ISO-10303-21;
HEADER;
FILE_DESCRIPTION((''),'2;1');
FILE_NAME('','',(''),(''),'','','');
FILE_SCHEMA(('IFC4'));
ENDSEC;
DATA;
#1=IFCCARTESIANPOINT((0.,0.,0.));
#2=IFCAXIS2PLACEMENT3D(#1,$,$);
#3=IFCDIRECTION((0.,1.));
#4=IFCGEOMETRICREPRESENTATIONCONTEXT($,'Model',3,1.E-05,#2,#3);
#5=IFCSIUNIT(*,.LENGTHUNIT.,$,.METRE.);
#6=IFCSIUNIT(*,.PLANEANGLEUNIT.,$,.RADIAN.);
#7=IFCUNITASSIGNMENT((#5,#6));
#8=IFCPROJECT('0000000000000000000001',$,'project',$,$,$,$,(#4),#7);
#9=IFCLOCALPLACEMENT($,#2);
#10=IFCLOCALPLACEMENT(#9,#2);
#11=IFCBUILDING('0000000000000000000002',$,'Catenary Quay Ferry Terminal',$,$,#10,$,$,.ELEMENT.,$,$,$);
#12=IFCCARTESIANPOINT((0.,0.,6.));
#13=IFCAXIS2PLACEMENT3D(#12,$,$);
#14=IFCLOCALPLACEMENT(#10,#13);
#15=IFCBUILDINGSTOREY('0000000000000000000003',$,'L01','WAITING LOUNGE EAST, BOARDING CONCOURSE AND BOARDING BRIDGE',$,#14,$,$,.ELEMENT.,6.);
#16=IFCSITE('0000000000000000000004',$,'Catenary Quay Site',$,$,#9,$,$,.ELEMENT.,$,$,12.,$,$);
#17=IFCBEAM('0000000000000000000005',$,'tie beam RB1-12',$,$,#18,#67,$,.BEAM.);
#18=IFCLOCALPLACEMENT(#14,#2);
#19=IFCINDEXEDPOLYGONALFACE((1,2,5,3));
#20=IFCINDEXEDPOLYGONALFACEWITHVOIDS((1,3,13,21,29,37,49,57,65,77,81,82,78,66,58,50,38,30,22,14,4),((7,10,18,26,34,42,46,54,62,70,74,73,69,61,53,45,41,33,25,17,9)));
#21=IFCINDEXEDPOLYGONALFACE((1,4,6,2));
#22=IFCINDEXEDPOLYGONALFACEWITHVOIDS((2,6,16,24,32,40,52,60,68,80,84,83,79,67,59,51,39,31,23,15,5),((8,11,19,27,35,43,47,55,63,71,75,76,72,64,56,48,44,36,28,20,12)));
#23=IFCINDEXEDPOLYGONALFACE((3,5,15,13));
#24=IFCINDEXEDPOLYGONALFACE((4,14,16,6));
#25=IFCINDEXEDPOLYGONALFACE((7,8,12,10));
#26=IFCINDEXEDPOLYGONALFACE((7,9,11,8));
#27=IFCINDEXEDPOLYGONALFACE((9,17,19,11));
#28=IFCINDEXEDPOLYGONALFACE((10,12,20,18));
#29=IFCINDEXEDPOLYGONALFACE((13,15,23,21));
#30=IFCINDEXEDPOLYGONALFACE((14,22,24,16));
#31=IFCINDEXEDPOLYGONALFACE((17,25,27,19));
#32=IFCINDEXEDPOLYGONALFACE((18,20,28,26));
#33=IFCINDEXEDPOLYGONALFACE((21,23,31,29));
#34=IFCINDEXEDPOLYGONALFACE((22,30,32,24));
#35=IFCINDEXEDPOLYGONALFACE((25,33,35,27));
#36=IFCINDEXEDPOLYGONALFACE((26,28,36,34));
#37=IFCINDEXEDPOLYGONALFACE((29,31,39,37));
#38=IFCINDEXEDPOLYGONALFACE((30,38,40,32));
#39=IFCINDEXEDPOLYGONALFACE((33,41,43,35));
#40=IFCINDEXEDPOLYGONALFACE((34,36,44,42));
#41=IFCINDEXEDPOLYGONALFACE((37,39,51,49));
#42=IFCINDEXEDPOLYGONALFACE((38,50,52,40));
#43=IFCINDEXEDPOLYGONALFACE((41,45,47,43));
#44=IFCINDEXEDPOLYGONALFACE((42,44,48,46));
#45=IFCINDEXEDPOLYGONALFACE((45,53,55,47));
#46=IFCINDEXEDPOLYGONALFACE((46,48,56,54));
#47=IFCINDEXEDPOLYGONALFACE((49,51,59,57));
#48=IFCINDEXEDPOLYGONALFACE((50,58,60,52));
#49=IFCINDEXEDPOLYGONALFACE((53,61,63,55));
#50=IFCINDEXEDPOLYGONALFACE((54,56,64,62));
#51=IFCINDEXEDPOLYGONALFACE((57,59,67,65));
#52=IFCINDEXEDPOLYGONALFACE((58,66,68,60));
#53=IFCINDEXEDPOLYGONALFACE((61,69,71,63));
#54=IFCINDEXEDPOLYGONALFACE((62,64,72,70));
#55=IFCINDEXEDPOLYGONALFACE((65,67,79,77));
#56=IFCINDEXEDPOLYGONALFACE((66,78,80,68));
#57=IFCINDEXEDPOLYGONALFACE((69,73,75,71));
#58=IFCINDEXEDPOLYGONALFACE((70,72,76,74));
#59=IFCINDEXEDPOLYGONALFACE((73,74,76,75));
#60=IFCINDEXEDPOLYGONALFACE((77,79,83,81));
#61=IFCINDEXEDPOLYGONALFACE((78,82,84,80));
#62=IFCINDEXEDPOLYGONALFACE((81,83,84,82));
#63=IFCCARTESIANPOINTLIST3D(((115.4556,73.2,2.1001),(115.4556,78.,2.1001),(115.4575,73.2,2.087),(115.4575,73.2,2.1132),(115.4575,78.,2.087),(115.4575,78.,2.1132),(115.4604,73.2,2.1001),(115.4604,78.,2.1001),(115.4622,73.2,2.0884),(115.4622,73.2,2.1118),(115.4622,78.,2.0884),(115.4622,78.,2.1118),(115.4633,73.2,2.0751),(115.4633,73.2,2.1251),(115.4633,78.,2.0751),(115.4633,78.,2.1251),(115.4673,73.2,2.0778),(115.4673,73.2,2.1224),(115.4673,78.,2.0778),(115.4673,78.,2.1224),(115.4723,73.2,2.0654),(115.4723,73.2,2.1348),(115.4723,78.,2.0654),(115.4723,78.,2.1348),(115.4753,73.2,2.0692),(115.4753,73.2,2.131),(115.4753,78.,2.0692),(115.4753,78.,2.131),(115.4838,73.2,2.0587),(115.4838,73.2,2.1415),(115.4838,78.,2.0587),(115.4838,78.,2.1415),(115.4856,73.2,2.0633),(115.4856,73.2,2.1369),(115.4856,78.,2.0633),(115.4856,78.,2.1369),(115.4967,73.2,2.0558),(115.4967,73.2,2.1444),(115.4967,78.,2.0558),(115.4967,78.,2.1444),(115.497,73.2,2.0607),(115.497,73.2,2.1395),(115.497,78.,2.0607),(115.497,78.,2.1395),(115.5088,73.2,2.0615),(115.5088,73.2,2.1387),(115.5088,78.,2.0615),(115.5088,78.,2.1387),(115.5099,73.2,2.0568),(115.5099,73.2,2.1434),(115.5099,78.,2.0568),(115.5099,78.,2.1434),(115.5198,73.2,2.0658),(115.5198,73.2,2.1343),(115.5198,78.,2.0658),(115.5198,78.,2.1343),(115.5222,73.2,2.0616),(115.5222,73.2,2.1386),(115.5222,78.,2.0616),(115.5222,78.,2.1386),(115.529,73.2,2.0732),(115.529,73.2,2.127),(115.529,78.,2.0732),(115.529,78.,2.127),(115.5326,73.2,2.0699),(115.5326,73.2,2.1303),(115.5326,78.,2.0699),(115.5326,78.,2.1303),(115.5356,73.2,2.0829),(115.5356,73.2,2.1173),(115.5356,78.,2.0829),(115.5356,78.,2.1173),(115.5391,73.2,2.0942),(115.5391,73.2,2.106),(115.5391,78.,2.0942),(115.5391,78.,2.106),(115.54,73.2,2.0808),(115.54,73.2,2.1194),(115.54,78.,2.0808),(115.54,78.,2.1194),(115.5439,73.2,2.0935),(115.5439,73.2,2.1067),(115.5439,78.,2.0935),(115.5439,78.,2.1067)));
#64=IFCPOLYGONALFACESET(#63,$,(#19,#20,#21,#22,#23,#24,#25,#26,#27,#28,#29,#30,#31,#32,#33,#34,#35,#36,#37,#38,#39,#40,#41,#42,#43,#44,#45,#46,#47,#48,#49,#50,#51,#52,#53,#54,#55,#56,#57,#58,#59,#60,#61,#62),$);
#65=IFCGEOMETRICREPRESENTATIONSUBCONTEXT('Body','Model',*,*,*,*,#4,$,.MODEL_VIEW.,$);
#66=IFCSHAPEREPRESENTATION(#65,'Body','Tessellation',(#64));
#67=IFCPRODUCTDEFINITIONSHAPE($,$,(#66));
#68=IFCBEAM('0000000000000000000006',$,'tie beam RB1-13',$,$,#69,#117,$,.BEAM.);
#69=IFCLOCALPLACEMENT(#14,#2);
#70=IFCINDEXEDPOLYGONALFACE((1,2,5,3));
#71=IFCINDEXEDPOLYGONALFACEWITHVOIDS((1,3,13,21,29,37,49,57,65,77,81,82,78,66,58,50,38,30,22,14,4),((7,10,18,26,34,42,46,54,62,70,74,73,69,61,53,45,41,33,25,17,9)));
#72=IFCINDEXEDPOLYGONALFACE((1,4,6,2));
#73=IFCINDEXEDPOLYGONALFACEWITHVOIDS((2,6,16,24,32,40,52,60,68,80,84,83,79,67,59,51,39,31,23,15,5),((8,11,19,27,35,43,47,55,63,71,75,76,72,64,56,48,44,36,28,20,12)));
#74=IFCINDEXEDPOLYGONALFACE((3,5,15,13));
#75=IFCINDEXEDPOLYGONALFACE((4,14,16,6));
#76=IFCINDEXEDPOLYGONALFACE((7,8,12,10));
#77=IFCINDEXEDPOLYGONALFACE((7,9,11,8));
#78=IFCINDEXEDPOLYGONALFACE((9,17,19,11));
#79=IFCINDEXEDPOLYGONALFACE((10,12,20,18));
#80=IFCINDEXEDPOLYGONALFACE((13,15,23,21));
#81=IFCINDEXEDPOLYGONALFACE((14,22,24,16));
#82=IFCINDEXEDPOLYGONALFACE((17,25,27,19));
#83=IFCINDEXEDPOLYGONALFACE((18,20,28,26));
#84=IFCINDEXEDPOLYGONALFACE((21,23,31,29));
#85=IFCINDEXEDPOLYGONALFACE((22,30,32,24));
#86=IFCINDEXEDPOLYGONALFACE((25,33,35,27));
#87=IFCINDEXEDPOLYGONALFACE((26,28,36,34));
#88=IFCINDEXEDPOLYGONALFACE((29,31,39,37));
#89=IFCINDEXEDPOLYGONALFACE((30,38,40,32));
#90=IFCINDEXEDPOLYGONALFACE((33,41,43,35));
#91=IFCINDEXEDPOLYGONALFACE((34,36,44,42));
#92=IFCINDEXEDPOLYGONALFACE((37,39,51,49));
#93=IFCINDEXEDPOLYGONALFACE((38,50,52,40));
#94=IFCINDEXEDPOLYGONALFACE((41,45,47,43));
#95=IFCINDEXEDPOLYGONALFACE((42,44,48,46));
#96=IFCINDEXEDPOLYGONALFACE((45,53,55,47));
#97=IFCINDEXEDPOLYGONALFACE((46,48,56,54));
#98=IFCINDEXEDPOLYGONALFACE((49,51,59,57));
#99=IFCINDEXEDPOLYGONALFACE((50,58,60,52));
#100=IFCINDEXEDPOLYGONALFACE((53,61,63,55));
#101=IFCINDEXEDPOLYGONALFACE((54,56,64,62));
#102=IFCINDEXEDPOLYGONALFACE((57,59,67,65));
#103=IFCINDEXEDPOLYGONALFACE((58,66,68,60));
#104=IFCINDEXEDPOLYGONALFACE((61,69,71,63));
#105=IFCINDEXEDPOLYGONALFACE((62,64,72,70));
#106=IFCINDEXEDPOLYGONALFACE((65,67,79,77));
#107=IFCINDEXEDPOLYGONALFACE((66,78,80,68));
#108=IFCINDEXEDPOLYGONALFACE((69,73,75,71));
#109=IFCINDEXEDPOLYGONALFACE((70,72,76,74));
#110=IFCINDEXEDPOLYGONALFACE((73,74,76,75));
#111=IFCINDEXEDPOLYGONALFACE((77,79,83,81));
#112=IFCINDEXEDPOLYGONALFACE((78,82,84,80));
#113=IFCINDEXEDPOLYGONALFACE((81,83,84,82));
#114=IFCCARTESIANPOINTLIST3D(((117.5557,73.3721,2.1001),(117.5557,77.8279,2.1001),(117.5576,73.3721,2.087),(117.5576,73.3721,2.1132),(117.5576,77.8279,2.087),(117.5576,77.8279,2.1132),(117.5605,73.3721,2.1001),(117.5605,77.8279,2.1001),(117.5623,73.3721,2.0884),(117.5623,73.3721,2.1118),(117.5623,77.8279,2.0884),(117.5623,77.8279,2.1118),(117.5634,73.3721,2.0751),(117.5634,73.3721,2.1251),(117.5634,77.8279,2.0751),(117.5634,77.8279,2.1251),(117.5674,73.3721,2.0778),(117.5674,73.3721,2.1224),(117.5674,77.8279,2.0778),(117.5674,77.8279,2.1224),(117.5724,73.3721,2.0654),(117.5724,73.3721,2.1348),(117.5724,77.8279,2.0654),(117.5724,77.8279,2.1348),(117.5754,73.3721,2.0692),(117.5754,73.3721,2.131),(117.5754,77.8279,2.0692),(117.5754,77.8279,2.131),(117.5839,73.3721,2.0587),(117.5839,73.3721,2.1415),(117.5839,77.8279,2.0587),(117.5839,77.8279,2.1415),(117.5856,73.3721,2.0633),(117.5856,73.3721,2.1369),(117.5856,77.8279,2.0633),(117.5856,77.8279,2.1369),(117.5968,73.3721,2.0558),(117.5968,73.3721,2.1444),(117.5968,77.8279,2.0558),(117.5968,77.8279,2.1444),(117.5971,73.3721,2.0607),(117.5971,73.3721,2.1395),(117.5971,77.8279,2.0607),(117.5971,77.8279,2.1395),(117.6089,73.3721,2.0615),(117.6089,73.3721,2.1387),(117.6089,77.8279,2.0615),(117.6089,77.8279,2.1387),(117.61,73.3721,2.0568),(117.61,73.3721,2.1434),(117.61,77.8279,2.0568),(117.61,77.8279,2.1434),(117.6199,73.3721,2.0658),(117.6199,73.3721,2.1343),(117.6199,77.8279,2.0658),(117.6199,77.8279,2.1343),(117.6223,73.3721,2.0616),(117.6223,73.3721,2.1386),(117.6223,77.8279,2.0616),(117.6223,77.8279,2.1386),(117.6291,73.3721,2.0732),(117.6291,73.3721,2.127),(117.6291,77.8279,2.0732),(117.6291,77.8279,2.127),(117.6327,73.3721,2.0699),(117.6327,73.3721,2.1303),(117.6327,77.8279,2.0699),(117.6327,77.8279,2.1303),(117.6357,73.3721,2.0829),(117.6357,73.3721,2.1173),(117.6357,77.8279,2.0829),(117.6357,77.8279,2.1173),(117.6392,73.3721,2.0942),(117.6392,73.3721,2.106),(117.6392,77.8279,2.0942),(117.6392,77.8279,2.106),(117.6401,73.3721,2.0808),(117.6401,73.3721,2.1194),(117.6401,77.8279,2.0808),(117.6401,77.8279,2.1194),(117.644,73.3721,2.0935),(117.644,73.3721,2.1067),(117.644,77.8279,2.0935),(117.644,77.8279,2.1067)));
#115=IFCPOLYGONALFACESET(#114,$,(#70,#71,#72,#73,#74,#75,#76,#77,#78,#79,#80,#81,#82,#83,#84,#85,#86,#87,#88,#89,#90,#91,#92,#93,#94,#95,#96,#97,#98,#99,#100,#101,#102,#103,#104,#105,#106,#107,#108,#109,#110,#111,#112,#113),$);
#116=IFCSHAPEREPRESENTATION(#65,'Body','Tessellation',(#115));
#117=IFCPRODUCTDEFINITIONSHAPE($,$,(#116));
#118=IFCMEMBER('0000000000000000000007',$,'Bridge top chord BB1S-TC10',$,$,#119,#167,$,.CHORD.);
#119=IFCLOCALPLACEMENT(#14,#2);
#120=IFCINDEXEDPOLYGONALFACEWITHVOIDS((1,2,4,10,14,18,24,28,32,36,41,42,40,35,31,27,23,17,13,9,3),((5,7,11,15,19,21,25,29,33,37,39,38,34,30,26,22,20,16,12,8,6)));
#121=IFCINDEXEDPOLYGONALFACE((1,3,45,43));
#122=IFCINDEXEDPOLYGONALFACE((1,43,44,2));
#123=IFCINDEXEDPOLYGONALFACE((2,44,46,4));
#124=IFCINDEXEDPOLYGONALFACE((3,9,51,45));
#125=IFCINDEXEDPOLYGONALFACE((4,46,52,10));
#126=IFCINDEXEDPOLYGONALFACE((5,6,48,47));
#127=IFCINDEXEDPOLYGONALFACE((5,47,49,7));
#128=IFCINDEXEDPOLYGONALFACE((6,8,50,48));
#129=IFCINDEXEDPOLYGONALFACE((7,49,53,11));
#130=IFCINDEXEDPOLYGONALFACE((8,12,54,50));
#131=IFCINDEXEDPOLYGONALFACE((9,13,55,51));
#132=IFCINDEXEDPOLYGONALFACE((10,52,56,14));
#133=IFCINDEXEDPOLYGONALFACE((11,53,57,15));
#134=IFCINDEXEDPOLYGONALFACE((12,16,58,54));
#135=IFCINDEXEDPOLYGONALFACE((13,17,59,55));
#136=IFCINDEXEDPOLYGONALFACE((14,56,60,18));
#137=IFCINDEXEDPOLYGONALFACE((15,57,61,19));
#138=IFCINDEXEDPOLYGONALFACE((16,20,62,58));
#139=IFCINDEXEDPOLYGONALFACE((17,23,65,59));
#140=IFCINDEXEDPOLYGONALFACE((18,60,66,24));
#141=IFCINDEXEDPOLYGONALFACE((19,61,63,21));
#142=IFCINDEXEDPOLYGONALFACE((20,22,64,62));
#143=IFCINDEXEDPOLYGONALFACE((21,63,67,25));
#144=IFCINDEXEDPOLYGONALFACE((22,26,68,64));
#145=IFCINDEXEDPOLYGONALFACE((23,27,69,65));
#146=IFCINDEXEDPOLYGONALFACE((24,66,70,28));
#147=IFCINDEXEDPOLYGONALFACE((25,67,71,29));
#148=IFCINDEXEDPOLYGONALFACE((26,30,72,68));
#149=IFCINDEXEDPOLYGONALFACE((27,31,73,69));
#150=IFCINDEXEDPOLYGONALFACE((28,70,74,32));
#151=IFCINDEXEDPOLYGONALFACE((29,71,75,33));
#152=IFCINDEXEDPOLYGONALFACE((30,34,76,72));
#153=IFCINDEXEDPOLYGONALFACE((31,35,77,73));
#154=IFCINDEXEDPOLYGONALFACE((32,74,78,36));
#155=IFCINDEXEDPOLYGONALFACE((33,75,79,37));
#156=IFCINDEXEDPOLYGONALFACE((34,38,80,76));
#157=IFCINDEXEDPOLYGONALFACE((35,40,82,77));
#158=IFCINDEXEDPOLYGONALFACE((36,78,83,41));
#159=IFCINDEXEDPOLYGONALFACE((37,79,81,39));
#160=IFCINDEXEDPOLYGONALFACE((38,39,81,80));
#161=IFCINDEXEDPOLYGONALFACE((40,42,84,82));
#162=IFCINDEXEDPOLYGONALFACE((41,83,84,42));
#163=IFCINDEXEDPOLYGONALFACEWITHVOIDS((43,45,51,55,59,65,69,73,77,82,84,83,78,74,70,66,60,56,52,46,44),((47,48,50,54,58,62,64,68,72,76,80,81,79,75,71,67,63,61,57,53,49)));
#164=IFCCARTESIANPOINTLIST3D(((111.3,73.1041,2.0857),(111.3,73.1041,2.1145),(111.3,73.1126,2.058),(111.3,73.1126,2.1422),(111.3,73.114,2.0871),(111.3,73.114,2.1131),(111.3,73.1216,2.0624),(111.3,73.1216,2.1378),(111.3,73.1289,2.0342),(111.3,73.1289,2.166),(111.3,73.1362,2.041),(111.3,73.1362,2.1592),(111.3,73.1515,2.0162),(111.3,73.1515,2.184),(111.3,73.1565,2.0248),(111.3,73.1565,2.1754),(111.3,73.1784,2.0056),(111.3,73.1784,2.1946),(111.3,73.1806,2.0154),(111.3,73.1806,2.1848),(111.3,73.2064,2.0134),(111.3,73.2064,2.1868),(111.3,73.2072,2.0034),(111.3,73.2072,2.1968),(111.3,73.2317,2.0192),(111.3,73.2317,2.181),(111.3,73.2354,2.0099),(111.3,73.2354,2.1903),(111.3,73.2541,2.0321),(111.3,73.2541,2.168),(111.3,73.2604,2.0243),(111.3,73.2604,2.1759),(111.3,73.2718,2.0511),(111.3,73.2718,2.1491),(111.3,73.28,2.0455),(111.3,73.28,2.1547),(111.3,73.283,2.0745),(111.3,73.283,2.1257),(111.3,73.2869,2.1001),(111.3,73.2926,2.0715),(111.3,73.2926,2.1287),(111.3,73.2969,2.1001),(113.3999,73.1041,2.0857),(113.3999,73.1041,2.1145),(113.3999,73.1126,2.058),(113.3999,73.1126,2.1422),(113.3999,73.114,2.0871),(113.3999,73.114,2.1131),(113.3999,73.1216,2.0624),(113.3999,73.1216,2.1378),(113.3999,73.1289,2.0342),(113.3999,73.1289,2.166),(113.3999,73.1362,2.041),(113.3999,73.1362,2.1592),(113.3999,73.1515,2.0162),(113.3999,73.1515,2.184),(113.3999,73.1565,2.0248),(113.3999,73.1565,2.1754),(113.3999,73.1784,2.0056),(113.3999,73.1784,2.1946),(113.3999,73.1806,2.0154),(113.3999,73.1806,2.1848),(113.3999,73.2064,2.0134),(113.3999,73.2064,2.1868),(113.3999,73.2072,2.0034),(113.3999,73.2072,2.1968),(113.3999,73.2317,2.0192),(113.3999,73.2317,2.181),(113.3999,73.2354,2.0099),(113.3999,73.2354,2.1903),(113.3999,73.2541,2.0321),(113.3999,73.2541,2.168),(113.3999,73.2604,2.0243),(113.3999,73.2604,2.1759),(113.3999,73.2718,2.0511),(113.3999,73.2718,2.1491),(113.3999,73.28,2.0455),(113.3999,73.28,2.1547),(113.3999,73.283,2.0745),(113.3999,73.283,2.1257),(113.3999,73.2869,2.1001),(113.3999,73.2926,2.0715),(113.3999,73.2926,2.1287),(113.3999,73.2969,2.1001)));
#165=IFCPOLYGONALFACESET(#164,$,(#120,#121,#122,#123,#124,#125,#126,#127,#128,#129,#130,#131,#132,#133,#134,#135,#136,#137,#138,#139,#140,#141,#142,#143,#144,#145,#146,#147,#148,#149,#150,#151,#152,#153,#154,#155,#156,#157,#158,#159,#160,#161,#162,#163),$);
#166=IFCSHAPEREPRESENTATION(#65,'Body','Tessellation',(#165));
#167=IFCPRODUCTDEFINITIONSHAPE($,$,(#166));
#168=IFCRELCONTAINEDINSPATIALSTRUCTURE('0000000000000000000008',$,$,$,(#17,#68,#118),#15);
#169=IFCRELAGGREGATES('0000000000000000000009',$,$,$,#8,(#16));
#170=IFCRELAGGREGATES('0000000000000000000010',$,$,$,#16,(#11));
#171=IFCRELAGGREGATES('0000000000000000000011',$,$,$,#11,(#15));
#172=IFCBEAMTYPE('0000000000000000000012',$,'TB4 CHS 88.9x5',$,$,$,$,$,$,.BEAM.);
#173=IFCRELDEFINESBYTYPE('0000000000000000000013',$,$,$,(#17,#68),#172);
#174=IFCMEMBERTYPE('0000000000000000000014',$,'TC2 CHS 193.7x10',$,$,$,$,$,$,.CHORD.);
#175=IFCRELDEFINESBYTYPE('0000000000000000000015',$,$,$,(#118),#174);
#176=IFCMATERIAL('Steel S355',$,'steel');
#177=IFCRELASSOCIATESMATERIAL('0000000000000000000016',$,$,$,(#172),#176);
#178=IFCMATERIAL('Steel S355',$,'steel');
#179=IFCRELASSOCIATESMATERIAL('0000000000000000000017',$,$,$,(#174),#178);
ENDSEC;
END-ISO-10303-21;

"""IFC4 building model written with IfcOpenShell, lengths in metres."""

from ifc_helpers import new_model, si_unit, direction, frame, origin, origin_2d, place, context, subcontext, project, spatial, hollow_circle, extrude, material, material_profile, profile_set, type_object, element, save


model = new_model("IFC4")

# Units and contexts
model_context = context("Model", 3, precision=1e-05, world=origin(), true_north=direction((0.0, 1.0)))
body_context = subcontext(model_context, "Body", "Model", "MODEL_VIEW")
ifc_project = project(units=[si_unit("LENGTHUNIT", "METRE"), si_unit("PLANEANGLEUNIT", "RADIAN")], contexts=[model_context])

# Site, building, storey
site_placement = place(None, origin())
site = spatial("IfcSite", under=ifc_project, at=site_placement, Name="Catenary Quay Site", CompositionType="ELEMENT", RefElevation=12.0)
building_placement = place(site_placement, origin())
building = spatial("IfcBuilding", under=site, at=building_placement, Name="Catenary Quay Ferry Terminal", CompositionType="ELEMENT")
storey_placement = place(building_placement, frame((0.0, 0.0, 6.0)))
storey = spatial("IfcBuildingStorey", under=building, at=storey_placement, Name="L01", Description="WAITING LOUNGE EAST, BOARDING CONCOURSE AND BOARDING BRIDGE", CompositionType="ELEMENT", Elevation=6.0)

# Beams
ifc_material_1 = material(Name="Steel S355", Category="steel")
ifc_material_profile_1 = material_profile(ifc_material_1, hollow_circle(Radius=0.0444, WallThickness=0.0049, at=origin_2d()), Name="CHS 88.9x5")
ifc_profile_set_1 = profile_set([ifc_material_profile_1], Name="Steel S355")
beam_type_1 = type_object("IfcBeamType", Name="TB4 CHS 88.9x5", PredefinedType="BEAM", material=ifc_profile_set_1)
for number, where, z_axis, x_axis, name in (
    (1, (115.5, 73.2, 2.1001), (0.0, 1.0, 0.0), (-1.0, 0.0, 0.0), "tie beam RB1-12"),
):
    element("IfcBeam", number, at=place(storey_placement, frame(where, z_axis=z_axis, x_axis=x_axis)), inside=storey, type_object=beam_type_1, Name=name, PredefinedType="BEAM", context=body_context, shape_type="SweptSolid", body=[
        extrude(hollow_circle(Radius=0.0444, WallThickness=0.0049, at=origin_2d()), origin(), (0.0, 0.0, 1.0), 4.8),
    ])
beam_1_placement = place(storey_placement, frame((117.6001, 73.3721, 2.1001), z_axis=(0.0, 1.0, 0.0), x_axis=(-1.0, 0.0, 0.0)))
element("IfcBeam", 2, at=beam_1_placement, inside=storey, type_object=beam_type_1, Name="tie beam RB1-13", PredefinedType="BEAM", context=body_context, shape_type="SweptSolid", body=[
    extrude(hollow_circle(Radius=0.0444, WallThickness=0.0049, at=origin_2d()), origin(), (0.0, 0.0, 1.0), 4.4558),
])

# Member
ifc_material_2 = material(Name="Steel S355", Category="steel")
ifc_material_profile_2 = material_profile(ifc_material_2, hollow_circle(Radius=0.0969, WallThickness=0.01, at=origin_2d()), Name="CHS 193.7x10")
ifc_profile_set_2 = profile_set([ifc_material_profile_2], Name="Steel S355")
member_type_1 = type_object("IfcMemberType", Name="TC2 CHS 193.7x10", PredefinedType="CHORD", material=ifc_profile_set_2)
member_1_placement = place(storey_placement, frame((111.3, 73.2, 2.1001), z_axis=(1.0, 0.0, 0.0), x_axis=(0.0, 1.0, 0.0)))
element("IfcMember", 3, at=member_1_placement, inside=storey, type_object=member_type_1, Name="Bridge top chord BB1S-TC10", PredefinedType="CHORD", context=body_context, shape_type="SweptSolid", body=[
    extrude(hollow_circle(Radius=0.0969, WallThickness=0.01, at=origin_2d()), origin(), (0.0, 0.0, 1.0), 2.0999),
])

save(model, "model.ifc")
